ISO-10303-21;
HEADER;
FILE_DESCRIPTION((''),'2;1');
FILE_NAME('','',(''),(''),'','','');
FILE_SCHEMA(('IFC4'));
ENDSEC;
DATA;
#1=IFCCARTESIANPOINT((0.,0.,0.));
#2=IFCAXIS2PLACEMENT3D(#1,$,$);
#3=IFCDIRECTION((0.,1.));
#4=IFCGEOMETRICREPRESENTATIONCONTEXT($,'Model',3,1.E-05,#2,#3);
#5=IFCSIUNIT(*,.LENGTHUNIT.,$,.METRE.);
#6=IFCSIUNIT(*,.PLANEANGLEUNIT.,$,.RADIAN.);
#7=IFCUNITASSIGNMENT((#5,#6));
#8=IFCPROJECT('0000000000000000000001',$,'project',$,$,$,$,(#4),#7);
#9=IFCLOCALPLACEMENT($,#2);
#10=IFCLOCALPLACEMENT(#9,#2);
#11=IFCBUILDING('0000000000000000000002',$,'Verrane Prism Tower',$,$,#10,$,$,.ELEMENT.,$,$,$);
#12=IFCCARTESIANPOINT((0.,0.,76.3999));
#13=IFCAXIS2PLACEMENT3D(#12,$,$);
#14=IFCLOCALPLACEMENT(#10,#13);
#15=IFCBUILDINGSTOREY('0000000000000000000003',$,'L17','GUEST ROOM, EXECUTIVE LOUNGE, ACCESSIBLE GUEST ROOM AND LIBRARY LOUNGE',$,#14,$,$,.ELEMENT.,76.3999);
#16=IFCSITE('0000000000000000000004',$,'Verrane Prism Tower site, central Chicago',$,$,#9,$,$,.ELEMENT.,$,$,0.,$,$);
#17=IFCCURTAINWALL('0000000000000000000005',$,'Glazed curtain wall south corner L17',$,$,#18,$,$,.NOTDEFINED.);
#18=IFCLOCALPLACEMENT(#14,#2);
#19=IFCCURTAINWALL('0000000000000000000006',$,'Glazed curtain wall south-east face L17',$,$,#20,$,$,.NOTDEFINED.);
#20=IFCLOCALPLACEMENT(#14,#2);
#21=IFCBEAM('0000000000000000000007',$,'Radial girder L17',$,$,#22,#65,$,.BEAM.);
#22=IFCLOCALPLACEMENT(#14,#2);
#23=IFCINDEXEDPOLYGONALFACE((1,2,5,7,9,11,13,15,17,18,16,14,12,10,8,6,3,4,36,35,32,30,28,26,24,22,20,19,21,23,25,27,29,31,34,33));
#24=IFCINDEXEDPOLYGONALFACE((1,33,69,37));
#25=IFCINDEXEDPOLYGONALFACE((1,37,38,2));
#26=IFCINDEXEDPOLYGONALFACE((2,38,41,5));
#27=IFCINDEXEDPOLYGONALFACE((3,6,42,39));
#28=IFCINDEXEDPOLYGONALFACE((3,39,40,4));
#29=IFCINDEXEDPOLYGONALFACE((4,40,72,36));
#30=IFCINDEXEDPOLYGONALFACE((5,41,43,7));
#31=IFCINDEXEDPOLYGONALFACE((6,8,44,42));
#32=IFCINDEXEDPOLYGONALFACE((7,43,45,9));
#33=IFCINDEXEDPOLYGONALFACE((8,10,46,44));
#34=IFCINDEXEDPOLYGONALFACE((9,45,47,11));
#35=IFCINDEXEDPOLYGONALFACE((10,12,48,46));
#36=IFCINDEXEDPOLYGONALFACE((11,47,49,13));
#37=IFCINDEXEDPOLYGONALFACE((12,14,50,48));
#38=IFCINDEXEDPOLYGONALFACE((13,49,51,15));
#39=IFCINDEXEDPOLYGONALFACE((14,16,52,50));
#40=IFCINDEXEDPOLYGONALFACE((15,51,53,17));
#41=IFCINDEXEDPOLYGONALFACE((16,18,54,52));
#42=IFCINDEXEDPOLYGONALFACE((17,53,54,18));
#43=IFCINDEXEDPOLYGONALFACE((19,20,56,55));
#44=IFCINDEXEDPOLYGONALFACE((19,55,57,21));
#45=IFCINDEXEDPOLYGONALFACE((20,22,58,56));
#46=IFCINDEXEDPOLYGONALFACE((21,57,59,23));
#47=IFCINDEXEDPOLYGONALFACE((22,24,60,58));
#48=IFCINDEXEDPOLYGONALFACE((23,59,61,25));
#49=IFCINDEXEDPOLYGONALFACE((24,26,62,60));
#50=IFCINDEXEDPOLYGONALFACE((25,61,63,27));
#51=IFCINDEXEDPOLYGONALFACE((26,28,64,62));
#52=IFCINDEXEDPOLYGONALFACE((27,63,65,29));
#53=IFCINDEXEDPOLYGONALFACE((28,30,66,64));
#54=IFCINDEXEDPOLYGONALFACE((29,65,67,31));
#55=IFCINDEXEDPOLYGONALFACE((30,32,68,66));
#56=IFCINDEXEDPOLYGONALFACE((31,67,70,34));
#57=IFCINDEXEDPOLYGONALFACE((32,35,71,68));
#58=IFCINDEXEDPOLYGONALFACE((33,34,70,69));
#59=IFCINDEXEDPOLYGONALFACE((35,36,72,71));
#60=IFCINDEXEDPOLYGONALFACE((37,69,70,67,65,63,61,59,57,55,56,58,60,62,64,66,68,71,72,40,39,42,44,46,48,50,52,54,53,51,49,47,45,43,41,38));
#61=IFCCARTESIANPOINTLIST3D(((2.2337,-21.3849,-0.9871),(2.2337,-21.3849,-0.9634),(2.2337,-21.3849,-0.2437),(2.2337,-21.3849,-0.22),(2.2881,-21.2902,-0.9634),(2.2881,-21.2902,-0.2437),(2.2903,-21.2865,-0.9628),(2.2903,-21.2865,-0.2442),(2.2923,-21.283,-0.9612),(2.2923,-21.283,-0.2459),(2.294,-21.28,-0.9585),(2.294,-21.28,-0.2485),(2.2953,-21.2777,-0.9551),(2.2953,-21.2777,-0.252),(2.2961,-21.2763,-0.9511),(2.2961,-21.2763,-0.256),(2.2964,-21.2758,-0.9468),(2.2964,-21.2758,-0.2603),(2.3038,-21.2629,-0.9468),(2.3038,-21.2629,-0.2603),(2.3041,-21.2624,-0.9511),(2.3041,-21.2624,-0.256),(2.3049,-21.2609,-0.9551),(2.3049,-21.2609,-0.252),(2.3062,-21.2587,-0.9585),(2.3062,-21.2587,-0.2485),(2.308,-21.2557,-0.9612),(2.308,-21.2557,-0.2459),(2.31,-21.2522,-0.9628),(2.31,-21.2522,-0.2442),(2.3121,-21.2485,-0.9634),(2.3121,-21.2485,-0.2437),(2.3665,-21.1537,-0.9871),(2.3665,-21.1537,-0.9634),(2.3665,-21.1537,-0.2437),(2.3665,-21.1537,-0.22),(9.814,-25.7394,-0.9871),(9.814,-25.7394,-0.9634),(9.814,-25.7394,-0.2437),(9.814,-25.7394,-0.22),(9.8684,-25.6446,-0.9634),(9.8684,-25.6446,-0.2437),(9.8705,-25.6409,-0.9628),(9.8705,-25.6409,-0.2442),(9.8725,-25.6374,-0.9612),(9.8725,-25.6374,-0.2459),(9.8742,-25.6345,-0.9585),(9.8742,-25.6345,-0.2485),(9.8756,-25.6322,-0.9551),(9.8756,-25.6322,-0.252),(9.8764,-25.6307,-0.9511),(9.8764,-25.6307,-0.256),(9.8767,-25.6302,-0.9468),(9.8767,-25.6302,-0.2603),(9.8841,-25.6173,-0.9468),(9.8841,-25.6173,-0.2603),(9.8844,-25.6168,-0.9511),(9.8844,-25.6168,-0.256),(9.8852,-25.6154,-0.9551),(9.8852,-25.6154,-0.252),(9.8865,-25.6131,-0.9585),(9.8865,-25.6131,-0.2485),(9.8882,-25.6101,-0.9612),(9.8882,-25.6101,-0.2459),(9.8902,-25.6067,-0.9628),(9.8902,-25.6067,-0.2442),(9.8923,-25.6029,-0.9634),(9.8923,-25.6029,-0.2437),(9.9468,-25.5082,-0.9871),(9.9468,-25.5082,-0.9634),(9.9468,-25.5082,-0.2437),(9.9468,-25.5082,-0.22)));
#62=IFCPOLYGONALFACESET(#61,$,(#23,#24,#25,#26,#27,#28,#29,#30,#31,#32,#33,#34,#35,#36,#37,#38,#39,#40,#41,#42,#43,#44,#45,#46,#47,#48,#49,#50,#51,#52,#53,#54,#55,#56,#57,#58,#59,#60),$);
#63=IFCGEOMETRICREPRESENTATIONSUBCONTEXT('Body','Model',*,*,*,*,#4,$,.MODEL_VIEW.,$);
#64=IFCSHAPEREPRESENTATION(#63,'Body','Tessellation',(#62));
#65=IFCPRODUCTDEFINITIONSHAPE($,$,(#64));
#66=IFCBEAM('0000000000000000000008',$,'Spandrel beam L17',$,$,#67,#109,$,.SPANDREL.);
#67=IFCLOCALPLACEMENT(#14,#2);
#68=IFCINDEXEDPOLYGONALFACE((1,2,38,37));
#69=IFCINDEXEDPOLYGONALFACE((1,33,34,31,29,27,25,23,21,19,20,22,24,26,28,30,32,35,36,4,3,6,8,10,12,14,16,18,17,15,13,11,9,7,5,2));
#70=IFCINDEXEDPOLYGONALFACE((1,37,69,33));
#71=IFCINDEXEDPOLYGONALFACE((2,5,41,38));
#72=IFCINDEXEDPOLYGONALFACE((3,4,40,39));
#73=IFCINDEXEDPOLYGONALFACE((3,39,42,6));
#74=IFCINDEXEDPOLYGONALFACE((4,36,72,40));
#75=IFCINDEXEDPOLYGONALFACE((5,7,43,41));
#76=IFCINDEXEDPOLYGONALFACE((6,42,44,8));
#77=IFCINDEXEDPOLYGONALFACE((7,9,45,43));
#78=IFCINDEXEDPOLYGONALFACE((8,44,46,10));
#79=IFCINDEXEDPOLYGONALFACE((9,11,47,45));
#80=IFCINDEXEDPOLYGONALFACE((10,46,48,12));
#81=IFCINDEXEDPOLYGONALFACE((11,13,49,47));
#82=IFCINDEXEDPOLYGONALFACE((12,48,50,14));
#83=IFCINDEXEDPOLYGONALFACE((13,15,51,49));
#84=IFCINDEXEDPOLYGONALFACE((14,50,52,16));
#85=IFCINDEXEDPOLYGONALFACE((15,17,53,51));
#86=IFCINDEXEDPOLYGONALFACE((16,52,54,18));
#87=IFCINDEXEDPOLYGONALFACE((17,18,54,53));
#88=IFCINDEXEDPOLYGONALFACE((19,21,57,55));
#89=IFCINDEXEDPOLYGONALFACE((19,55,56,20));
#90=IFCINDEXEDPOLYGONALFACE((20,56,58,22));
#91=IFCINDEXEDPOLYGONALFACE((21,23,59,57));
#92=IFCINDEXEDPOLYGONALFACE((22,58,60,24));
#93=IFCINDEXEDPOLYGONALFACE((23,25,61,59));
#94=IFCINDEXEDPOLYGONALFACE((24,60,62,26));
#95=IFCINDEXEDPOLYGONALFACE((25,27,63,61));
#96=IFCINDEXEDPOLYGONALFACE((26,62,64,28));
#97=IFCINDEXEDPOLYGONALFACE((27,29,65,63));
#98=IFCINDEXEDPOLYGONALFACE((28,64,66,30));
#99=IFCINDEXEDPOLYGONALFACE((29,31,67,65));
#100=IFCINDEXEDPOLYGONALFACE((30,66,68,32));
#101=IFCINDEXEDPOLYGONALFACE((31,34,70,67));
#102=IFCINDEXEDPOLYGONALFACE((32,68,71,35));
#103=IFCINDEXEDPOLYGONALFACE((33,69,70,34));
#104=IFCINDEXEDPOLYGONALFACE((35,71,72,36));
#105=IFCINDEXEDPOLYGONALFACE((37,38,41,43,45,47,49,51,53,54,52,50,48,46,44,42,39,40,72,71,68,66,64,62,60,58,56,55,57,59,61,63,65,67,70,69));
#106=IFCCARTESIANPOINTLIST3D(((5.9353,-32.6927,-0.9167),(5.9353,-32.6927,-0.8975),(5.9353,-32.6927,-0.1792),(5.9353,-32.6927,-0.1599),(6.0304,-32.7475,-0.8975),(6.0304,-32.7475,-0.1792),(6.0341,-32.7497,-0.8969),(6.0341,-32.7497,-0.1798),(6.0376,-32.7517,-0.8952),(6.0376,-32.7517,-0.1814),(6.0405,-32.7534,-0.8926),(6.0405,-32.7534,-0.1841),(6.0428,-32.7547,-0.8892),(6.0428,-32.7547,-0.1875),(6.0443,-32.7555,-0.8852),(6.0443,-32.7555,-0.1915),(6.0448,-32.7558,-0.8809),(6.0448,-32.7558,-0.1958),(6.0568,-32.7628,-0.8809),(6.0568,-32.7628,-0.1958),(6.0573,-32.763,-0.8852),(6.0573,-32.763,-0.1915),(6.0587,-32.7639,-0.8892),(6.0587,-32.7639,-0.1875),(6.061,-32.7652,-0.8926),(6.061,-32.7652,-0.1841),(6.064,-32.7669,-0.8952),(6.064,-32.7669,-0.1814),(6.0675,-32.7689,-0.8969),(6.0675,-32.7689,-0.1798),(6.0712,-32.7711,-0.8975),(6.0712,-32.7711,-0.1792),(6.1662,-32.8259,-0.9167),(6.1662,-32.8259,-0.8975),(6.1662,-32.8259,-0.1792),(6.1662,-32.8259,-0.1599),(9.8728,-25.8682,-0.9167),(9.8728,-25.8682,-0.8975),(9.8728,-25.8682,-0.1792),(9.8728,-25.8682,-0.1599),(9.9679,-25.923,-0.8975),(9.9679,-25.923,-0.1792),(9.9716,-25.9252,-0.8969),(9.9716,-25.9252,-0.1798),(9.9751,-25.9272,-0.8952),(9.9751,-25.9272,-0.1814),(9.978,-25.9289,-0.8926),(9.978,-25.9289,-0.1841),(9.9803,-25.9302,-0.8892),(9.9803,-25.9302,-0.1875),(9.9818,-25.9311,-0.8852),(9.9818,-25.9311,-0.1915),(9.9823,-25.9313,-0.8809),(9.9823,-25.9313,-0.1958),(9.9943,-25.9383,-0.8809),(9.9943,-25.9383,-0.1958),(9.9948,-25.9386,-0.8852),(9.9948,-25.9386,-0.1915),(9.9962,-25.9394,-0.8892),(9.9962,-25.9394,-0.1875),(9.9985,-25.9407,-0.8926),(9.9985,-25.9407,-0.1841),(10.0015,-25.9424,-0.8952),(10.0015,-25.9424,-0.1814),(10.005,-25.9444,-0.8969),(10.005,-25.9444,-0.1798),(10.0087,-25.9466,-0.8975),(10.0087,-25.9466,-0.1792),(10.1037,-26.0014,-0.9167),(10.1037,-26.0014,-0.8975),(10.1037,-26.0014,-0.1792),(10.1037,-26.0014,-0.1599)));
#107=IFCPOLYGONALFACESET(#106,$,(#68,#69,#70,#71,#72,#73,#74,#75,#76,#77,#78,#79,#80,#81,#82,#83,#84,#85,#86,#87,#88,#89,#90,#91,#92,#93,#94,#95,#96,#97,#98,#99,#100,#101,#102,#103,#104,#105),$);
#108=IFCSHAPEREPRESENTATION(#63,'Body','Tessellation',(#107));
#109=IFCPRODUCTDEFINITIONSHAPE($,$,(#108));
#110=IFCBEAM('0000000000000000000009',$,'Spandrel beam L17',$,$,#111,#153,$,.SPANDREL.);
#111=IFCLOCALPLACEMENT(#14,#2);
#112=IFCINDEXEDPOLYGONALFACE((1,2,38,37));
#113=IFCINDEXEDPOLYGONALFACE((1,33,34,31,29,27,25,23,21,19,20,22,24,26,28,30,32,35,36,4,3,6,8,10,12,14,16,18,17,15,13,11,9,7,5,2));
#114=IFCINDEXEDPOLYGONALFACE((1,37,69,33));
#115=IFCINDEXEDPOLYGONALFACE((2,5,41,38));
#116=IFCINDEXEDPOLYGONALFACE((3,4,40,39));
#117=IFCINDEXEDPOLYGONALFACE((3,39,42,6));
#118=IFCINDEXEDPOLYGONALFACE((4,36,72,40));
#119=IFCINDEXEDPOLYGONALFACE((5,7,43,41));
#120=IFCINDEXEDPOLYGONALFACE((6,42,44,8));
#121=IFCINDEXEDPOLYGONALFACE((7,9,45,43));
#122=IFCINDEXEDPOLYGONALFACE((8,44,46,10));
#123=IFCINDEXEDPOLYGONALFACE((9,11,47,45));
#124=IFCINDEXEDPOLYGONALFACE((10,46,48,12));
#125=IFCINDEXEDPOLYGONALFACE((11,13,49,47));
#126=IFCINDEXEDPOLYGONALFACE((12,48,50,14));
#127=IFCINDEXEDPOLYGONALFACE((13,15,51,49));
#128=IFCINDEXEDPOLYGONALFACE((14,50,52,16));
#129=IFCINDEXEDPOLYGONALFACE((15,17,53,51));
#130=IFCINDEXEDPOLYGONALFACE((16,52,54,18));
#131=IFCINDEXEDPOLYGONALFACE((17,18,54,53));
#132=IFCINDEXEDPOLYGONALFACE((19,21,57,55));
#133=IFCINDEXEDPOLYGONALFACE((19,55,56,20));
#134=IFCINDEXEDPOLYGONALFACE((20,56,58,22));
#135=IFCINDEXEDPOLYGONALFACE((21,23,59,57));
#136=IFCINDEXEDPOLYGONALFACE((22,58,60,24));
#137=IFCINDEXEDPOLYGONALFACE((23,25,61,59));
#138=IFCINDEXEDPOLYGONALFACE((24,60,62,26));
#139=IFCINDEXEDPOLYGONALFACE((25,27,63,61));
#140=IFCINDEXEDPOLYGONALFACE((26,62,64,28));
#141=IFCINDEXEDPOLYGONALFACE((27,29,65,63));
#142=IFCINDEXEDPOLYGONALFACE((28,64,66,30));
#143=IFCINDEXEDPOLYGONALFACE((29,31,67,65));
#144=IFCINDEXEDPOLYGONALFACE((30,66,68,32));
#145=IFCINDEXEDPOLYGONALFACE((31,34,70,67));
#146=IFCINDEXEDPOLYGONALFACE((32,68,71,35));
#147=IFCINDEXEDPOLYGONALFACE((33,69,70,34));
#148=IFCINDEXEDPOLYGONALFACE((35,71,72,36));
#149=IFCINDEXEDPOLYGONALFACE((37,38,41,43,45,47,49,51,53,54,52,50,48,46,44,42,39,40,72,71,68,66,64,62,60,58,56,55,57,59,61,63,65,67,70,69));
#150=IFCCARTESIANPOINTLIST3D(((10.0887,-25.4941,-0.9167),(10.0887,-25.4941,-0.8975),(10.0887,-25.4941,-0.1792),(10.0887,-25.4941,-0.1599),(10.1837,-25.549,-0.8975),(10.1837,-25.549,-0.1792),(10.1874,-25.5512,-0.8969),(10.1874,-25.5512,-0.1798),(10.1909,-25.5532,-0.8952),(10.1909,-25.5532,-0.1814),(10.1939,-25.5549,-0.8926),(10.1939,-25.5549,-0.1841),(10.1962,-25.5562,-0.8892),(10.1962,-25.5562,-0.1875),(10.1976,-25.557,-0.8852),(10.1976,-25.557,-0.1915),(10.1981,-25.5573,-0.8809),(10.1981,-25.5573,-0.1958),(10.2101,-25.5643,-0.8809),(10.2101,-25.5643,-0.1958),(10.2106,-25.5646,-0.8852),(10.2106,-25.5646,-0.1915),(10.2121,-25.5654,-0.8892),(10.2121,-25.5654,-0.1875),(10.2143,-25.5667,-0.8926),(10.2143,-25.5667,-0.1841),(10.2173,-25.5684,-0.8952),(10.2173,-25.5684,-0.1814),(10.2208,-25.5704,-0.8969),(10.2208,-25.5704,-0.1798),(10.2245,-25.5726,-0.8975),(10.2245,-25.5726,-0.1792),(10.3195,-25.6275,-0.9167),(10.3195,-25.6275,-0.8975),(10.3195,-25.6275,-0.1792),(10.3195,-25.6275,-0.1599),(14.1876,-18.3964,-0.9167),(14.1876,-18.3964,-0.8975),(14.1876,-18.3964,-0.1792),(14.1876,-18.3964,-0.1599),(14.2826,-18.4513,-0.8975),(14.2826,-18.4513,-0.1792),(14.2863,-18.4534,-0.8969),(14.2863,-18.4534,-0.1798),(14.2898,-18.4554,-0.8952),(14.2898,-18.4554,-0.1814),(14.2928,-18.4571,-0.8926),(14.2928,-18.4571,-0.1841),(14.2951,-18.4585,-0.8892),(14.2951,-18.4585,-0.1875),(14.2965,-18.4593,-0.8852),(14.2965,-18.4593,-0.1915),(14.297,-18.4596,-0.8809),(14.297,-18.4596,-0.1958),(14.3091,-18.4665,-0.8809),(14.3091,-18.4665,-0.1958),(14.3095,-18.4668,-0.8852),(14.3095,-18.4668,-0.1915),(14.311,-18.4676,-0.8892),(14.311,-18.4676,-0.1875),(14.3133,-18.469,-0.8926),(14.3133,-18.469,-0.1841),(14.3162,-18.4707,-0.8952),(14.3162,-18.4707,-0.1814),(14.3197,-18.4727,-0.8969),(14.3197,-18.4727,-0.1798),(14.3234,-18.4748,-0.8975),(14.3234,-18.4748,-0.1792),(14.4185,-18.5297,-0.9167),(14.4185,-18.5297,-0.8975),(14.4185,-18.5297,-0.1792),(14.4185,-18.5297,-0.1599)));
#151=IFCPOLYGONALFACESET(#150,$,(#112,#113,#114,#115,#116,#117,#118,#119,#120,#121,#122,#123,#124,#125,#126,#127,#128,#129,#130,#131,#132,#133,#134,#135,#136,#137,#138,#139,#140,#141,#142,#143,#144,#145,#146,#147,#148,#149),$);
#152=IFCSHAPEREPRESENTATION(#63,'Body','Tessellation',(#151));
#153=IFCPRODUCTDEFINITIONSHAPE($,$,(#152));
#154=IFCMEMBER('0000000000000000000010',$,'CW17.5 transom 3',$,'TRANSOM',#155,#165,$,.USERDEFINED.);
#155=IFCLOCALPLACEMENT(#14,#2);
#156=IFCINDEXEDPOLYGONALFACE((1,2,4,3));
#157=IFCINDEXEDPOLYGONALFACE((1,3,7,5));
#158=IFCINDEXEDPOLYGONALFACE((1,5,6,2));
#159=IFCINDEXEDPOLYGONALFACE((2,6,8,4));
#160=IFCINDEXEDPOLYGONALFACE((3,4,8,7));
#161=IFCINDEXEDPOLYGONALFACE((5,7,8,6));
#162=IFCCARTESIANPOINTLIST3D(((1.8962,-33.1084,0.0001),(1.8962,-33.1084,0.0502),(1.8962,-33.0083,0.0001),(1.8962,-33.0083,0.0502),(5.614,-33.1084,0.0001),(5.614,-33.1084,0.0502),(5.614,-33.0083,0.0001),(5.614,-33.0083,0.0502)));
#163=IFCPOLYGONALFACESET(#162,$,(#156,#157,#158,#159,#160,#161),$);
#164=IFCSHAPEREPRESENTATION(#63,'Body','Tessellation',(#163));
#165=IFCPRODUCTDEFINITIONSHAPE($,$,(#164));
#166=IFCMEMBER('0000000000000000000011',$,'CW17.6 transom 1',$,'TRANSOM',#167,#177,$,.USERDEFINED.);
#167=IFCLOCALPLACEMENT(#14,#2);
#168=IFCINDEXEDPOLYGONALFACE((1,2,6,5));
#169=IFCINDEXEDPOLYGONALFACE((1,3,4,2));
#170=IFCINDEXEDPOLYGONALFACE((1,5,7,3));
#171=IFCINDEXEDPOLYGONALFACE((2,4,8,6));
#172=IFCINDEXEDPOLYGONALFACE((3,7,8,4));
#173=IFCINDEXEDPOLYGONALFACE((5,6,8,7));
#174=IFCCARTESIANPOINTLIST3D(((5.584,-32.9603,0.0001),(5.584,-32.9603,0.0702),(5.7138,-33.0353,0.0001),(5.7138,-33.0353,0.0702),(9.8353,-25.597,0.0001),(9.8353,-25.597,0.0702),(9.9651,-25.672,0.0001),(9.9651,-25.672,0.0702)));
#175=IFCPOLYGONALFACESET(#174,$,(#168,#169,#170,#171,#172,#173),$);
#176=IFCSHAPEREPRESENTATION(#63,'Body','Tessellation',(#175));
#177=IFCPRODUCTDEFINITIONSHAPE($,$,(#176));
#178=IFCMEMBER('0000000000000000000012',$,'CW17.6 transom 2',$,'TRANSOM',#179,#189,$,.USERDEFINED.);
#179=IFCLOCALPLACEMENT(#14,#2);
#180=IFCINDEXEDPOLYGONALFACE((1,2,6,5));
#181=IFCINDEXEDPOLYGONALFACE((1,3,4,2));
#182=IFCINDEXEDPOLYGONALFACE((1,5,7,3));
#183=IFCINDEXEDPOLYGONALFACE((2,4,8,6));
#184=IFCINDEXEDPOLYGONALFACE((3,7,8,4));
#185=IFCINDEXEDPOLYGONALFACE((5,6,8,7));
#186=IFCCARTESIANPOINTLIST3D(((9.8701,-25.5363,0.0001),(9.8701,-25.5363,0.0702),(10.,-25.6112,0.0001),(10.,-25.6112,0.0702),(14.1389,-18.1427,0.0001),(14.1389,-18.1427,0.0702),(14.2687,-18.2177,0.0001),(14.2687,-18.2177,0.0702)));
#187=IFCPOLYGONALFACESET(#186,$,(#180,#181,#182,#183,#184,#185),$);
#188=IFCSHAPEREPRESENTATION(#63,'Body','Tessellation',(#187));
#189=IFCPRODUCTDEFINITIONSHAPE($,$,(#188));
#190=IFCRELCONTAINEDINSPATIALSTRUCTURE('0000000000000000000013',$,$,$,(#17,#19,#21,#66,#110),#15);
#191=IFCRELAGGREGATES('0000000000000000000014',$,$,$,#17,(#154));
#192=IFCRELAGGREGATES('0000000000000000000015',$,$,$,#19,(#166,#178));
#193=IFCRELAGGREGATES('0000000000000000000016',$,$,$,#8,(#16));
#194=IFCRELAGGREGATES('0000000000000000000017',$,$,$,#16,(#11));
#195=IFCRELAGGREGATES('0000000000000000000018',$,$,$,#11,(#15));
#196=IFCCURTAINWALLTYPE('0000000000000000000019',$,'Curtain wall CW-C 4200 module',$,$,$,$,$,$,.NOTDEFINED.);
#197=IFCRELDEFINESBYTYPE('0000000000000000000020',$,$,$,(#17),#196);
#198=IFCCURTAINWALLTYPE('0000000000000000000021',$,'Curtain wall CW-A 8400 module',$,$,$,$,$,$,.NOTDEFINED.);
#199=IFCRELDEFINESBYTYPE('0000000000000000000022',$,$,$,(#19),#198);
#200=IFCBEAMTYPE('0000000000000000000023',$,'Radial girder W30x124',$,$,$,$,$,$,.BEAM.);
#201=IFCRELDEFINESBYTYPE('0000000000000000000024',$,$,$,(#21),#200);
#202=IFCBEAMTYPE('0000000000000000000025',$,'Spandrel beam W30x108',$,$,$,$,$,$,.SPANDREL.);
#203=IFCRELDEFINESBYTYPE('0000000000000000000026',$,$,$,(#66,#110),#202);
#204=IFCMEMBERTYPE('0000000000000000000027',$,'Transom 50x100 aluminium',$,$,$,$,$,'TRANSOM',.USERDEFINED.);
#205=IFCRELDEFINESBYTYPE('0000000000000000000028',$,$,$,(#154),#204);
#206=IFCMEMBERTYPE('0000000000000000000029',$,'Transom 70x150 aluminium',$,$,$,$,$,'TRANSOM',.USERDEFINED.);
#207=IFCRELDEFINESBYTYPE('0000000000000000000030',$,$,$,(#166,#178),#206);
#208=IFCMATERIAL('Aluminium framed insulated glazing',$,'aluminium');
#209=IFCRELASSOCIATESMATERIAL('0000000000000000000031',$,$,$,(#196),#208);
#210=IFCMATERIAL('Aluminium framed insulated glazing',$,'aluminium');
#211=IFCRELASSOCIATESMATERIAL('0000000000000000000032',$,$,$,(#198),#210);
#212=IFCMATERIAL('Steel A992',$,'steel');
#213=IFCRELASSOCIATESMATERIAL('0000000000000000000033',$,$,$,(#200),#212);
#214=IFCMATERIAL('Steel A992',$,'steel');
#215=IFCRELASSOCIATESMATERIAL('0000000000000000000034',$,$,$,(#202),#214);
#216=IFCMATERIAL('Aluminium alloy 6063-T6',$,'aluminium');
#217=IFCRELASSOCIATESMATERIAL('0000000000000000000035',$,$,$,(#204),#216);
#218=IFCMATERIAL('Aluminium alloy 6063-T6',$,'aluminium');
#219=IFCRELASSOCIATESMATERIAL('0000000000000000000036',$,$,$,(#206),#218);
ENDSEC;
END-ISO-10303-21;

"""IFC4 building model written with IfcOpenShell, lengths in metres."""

from ifc_helpers import new_model, si_unit, direction, frame, origin, origin_2d, place, context, subcontext, project, spatial, rectangle, i_section, extrude, material, material_profile, profile_set, type_object, element, aggregate, save


model = new_model("IFC4")

# Units and contexts
model_context = context("Model", 3, precision=1e-05, world=origin(), true_north=direction((0.0, 1.0)))
body_context = subcontext(model_context, "Body", "Model", "MODEL_VIEW")
ifc_project = project(units=[si_unit("LENGTHUNIT", "METRE"), si_unit("PLANEANGLEUNIT", "RADIAN")], contexts=[model_context])

# Site, building, storey
site_placement = place(None, origin())
site = spatial("IfcSite", under=ifc_project, at=site_placement, Name="Verrane Prism Tower site, central Chicago", CompositionType="ELEMENT", RefElevation=0.0)
building_placement = place(site_placement, origin())
building = spatial("IfcBuilding", under=site, at=building_placement, Name="Verrane Prism Tower", CompositionType="ELEMENT")
storey_placement = place(building_placement, frame((0.0, 0.0, 76.3999)))
storey = spatial("IfcBuildingStorey", under=building, at=storey_placement, Name="L17", Description="GUEST ROOM, EXECUTIVE LOUNGE, ACCESSIBLE GUEST ROOM AND LIBRARY LOUNGE", CompositionType="ELEMENT", Elevation=76.3999)

# Curtain wall
ifc_material_1 = material(Name="Aluminium framed insulated glazing", Category="aluminium")
curtain_wall_type_1 = type_object("IfcCurtainWallType", Name="Curtain wall CW-C 4200 module", PredefinedType="NOTDEFINED", material=ifc_material_1)
curtain_wall_1_placement = place(storey_placement, origin())
curtain_wall_1 = element("IfcCurtainWall", 1, at=curtain_wall_1_placement, inside=storey, type_object=curtain_wall_type_1, Name="Glazed curtain wall south corner L17", PredefinedType="NOTDEFINED")

# Curtain wall
ifc_material_2 = material(Name="Aluminium framed insulated glazing", Category="aluminium")
curtain_wall_type_2 = type_object("IfcCurtainWallType", Name="Curtain wall CW-A 8400 module", PredefinedType="NOTDEFINED", material=ifc_material_2)
curtain_wall_2_placement = place(storey_placement, origin())
curtain_wall_2 = element("IfcCurtainWall", 2, at=curtain_wall_2_placement, inside=storey, type_object=curtain_wall_type_2, Name="Glazed curtain wall south-east face L17", PredefinedType="NOTDEFINED")

# Beams
ifc_material_3 = material(Name="Steel A992", Category="steel")
ifc_material_profile_1 = material_profile(ifc_material_3, i_section(OverallWidth=0.2666, OverallDepth=0.7671, WebThickness=0.0149, FlangeThickness=0.0237, FilletRadius=0.0166, at=origin_2d()), Name="W30x124")
ifc_profile_set_1 = profile_set([ifc_material_profile_1], Name="Steel A992")
beam_type_1 = type_object("IfcBeamType", Name="Radial girder W30x124", PredefinedType="BEAM", material=ifc_profile_set_1)
beam_1_placement = place(storey_placement, frame((9.8804, -25.6238, -0.6035), z_axis=(-0.867113, 0.498111, 0.0), x_axis=(-0.498111, -0.867113, 0.0)))
element("IfcBeam", 3, at=beam_1_placement, inside=storey, type_object=beam_type_1, Name="Radial girder L17", PredefinedType="BEAM", context=body_context, shape_type="SweptSolid", body=[
    extrude(i_section(OverallWidth=0.2666, OverallDepth=0.7671, WebThickness=0.0149, FlangeThickness=0.0237, FilletRadius=0.0166, at=origin_2d()), origin(), (0.0, 0.0, 1.0), 8.7419),
])
ifc_material_4 = material(Name="Steel A992", Category="steel")
ifc_material_profile_2 = material_profile(ifc_material_4, i_section(OverallWidth=0.2666, OverallDepth=0.7568, WebThickness=0.0139, FlangeThickness=0.0193, FilletRadius=0.0166, at=origin_2d()), Name="W30x108")
ifc_profile_set_2 = profile_set([ifc_material_profile_2], Name="Steel A992")
beam_type_2 = type_object("IfcBeamType", Name="Spandrel beam W30x108", PredefinedType="SPANDREL", material=ifc_profile_set_2)
beam_2_placement = place(storey_placement, frame((6.0508, -32.7593, -0.5383), z_axis=(0.499752, 0.866169, 0.0), x_axis=(-0.866169, 0.499752, 0.0)))
element("IfcBeam", 4, at=beam_2_placement, inside=storey, type_object=beam_type_2, Name="Spandrel beam L17", PredefinedType="SPANDREL", context=body_context, shape_type="SweptSolid", body=[
    extrude(i_section(OverallWidth=0.2666, OverallDepth=0.7568, WebThickness=0.0139, FlangeThickness=0.0193, FilletRadius=0.0166, at=origin_2d()), origin(), (0.0, 0.0, 1.0), 7.8789),
])
beam_3_placement = place(storey_placement, frame((10.2041, -25.5608, -0.5383), z_axis=(0.500095, 0.86597, 0.0), x_axis=(-0.86597, 0.500095, 0.0)))
element("IfcBeam", 5, at=beam_3_placement, inside=storey, type_object=beam_type_2, Name="Spandrel beam L17", PredefinedType="SPANDREL", context=body_context, shape_type="SweptSolid", body=[
    extrude(i_section(OverallWidth=0.2666, OverallDepth=0.7568, WebThickness=0.0139, FlangeThickness=0.0193, FilletRadius=0.0166, at=origin_2d()), origin(), (0.0, 0.0, 1.0), 8.1963),
])

# Members
ifc_material_5 = material(Name="Aluminium alloy 6063-T6", Category="aluminium")
ifc_material_profile_3 = material_profile(ifc_material_5, rectangle(XDim=0.1001, YDim=0.05, at=origin_2d()), Name="Transom 50x100 aluminium")
ifc_profile_set_3 = profile_set([ifc_material_profile_3], Name="Aluminium alloy 6063-T6")
member_type_1 = type_object("IfcMemberType", Name="Transom 50x100 aluminium", ElementType="TRANSOM", PredefinedType="USERDEFINED", material=ifc_profile_set_3)
member_1_placement = place(storey_placement, frame((1.8962, -33.0583, 0.0251), z_axis=(1.0, 0.0, 0.0), x_axis=(0.0, 1.0, 0.0)))
member_1 = element("IfcMember", 6, at=member_1_placement, type_object=member_type_1, Name="CW17.5 transom 3", ObjectType="TRANSOM", PredefinedType="USERDEFINED", context=body_context, shape_type="SweptSolid", body=[
    extrude(rectangle(XDim=0.1001, YDim=0.05, at=origin_2d()), origin(), (0.0, 0.0, 1.0), 3.7178),
])
ifc_material_6 = material(Name="Aluminium alloy 6063-T6", Category="aluminium")
ifc_material_profile_4 = material_profile(ifc_material_6, rectangle(XDim=0.1499, YDim=0.0701, at=origin_2d()), Name="Transom 70x150 aluminium")
ifc_profile_set_4 = profile_set([ifc_material_profile_4], Name="Aluminium alloy 6063-T6")
member_type_2 = type_object("IfcMemberType", Name="Transom 70x150 aluminium", ElementType="TRANSOM", PredefinedType="USERDEFINED", material=ifc_profile_set_4)
member_2_placement = place(storey_placement, frame((5.6489, -32.9978, 0.0352), z_axis=(0.500002, 0.866024, 0.0), x_axis=(-0.866024, 0.500002, 0.0)))
member_2 = element("IfcMember", 7, at=member_2_placement, type_object=member_type_2, Name="CW17.6 transom 1", ObjectType="TRANSOM", PredefinedType="USERDEFINED", context=body_context, shape_type="SweptSolid", body=[
    extrude(rectangle(XDim=0.1499, YDim=0.0701, at=origin_2d()), origin(), (0.0, 0.0, 1.0), 8.5024),
])
member_3_placement = place(storey_placement, frame((9.9351, -25.5737, 0.0352), z_axis=(0.500011, 0.866019, 0.0), x_axis=(-0.866019, 0.500011, 0.0)))
member_3 = element("IfcMember", 8, at=member_3_placement, type_object=member_type_2, Name="CW17.6 transom 2", ObjectType="TRANSOM", PredefinedType="USERDEFINED", context=body_context, shape_type="SweptSolid", body=[
    extrude(rectangle(XDim=0.1499, YDim=0.0701, at=origin_2d()), origin(), (0.0, 0.0, 1.0), 8.5374),
])

aggregate(curtain_wall_1, [member_1])
aggregate(curtain_wall_2, [member_2, member_3])

save(model, "model.ifc")
